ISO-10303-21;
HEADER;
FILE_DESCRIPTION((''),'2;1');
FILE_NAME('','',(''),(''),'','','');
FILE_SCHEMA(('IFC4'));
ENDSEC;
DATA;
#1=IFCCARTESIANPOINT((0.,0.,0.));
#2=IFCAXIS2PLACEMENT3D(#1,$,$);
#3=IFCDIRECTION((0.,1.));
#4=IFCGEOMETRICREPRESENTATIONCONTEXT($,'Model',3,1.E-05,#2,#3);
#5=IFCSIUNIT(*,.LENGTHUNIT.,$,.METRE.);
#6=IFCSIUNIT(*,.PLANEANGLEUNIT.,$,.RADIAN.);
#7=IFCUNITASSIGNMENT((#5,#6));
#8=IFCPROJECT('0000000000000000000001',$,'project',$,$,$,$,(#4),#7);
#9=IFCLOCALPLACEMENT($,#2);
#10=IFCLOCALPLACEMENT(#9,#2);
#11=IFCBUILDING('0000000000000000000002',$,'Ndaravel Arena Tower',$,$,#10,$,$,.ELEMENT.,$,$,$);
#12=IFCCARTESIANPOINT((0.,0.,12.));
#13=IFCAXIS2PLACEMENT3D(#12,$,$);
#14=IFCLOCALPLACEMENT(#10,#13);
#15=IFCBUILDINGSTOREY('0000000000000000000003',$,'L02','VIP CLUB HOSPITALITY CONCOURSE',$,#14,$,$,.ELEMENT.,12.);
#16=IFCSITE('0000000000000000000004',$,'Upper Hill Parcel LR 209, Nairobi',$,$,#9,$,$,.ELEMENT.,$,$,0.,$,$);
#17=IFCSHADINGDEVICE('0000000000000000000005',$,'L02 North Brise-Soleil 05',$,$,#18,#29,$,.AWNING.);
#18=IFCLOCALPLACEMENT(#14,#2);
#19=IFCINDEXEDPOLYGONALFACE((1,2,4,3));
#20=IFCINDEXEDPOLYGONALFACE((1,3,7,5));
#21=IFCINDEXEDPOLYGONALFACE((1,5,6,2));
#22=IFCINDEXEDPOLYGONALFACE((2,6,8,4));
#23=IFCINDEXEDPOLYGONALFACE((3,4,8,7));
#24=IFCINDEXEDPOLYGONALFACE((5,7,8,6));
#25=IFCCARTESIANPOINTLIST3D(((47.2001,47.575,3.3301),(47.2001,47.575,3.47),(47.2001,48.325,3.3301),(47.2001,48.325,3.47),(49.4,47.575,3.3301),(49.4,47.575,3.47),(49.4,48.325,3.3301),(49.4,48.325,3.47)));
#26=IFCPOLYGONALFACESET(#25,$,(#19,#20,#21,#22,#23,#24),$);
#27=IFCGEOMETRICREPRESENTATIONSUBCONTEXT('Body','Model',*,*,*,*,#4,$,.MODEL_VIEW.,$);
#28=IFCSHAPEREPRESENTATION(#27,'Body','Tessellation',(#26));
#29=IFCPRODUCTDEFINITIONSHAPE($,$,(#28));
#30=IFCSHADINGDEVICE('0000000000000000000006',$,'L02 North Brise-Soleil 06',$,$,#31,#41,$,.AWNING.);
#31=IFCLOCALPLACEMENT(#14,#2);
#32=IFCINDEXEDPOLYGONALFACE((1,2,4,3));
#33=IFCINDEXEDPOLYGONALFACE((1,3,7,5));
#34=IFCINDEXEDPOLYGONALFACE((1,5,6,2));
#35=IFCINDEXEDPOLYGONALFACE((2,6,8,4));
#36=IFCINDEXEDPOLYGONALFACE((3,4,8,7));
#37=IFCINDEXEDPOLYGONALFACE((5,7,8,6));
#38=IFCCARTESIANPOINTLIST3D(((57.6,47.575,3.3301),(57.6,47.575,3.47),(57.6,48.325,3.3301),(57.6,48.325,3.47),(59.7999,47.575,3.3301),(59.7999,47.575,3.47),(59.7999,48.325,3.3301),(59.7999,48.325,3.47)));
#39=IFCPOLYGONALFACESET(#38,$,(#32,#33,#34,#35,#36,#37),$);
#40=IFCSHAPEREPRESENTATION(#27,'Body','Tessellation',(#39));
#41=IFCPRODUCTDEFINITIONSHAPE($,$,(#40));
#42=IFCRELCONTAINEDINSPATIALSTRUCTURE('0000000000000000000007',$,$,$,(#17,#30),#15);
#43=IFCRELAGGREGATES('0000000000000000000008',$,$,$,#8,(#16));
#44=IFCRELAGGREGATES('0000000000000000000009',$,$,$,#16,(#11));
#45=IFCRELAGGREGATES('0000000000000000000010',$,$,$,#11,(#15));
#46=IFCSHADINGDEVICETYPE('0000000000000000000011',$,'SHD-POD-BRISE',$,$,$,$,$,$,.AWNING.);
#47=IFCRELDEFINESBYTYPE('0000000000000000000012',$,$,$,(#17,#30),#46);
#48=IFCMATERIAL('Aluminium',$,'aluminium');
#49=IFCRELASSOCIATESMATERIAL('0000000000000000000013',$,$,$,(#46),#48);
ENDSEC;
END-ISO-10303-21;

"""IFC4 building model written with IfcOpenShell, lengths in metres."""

from ifc_helpers import new_model, si_unit, direction, frame, origin, origin_2d, place, context, subcontext, project, spatial, rectangle, extrude, material, type_object, element, save


model = new_model("IFC4")

# Units and contexts
model_context = context("Model", 3, precision=1e-05, world=origin(), true_north=direction((0.0, 1.0)))
body_context = subcontext(model_context, "Body", "Model", "MODEL_VIEW")
ifc_project = project(units=[si_unit("LENGTHUNIT", "METRE"), si_unit("PLANEANGLEUNIT", "RADIAN")], contexts=[model_context])

# Site, building, storey
site_placement = place(None, origin())
site = spatial("IfcSite", under=ifc_project, at=site_placement, Name="Upper Hill Parcel LR 209, Nairobi", CompositionType="ELEMENT", RefElevation=0.0)
building_placement = place(site_placement, origin())
building = spatial("IfcBuilding", under=site, at=building_placement, Name="Ndaravel Arena Tower", CompositionType="ELEMENT")
storey_placement = place(building_placement, frame((0.0, 0.0, 12.0)))
storey = spatial("IfcBuildingStorey", under=building, at=storey_placement, Name="L02", Description="VIP CLUB HOSPITALITY CONCOURSE", CompositionType="ELEMENT", Elevation=12.0)

# Shading devices
ifc_material_1 = material(Name="Aluminium", Category="aluminium")
shading_device_type = type_object("IfcShadingDeviceType", Name="SHD-POD-BRISE", PredefinedType="AWNING", material=ifc_material_1)
for number, where, z_axis, x_axis, name in (
    (1, (48.3, 47.95, 3.3301), (0.0, 0.0, 1.0), (1.0, 0.0, 0.0), "L02 North Brise-Soleil 05"),
    (2, (58.7, 47.95, 3.3301), (0.0, 0.0, 1.0), (1.0, 0.0, 0.0), "L02 North Brise-Soleil 06"),
):
    element("IfcShadingDevice", number, at=place(storey_placement, frame(where, z_axis=z_axis, x_axis=x_axis)), inside=storey, type_object=shading_device_type, Name=name, PredefinedType="AWNING", context=body_context, shape_type="SweptSolid", body=[
        extrude(rectangle(XDim=2.2, YDim=0.75, at=origin_2d()), origin(), (0.0, 0.0, 1.0), 0.1399),
    ])

save(model, "model.ifc")
